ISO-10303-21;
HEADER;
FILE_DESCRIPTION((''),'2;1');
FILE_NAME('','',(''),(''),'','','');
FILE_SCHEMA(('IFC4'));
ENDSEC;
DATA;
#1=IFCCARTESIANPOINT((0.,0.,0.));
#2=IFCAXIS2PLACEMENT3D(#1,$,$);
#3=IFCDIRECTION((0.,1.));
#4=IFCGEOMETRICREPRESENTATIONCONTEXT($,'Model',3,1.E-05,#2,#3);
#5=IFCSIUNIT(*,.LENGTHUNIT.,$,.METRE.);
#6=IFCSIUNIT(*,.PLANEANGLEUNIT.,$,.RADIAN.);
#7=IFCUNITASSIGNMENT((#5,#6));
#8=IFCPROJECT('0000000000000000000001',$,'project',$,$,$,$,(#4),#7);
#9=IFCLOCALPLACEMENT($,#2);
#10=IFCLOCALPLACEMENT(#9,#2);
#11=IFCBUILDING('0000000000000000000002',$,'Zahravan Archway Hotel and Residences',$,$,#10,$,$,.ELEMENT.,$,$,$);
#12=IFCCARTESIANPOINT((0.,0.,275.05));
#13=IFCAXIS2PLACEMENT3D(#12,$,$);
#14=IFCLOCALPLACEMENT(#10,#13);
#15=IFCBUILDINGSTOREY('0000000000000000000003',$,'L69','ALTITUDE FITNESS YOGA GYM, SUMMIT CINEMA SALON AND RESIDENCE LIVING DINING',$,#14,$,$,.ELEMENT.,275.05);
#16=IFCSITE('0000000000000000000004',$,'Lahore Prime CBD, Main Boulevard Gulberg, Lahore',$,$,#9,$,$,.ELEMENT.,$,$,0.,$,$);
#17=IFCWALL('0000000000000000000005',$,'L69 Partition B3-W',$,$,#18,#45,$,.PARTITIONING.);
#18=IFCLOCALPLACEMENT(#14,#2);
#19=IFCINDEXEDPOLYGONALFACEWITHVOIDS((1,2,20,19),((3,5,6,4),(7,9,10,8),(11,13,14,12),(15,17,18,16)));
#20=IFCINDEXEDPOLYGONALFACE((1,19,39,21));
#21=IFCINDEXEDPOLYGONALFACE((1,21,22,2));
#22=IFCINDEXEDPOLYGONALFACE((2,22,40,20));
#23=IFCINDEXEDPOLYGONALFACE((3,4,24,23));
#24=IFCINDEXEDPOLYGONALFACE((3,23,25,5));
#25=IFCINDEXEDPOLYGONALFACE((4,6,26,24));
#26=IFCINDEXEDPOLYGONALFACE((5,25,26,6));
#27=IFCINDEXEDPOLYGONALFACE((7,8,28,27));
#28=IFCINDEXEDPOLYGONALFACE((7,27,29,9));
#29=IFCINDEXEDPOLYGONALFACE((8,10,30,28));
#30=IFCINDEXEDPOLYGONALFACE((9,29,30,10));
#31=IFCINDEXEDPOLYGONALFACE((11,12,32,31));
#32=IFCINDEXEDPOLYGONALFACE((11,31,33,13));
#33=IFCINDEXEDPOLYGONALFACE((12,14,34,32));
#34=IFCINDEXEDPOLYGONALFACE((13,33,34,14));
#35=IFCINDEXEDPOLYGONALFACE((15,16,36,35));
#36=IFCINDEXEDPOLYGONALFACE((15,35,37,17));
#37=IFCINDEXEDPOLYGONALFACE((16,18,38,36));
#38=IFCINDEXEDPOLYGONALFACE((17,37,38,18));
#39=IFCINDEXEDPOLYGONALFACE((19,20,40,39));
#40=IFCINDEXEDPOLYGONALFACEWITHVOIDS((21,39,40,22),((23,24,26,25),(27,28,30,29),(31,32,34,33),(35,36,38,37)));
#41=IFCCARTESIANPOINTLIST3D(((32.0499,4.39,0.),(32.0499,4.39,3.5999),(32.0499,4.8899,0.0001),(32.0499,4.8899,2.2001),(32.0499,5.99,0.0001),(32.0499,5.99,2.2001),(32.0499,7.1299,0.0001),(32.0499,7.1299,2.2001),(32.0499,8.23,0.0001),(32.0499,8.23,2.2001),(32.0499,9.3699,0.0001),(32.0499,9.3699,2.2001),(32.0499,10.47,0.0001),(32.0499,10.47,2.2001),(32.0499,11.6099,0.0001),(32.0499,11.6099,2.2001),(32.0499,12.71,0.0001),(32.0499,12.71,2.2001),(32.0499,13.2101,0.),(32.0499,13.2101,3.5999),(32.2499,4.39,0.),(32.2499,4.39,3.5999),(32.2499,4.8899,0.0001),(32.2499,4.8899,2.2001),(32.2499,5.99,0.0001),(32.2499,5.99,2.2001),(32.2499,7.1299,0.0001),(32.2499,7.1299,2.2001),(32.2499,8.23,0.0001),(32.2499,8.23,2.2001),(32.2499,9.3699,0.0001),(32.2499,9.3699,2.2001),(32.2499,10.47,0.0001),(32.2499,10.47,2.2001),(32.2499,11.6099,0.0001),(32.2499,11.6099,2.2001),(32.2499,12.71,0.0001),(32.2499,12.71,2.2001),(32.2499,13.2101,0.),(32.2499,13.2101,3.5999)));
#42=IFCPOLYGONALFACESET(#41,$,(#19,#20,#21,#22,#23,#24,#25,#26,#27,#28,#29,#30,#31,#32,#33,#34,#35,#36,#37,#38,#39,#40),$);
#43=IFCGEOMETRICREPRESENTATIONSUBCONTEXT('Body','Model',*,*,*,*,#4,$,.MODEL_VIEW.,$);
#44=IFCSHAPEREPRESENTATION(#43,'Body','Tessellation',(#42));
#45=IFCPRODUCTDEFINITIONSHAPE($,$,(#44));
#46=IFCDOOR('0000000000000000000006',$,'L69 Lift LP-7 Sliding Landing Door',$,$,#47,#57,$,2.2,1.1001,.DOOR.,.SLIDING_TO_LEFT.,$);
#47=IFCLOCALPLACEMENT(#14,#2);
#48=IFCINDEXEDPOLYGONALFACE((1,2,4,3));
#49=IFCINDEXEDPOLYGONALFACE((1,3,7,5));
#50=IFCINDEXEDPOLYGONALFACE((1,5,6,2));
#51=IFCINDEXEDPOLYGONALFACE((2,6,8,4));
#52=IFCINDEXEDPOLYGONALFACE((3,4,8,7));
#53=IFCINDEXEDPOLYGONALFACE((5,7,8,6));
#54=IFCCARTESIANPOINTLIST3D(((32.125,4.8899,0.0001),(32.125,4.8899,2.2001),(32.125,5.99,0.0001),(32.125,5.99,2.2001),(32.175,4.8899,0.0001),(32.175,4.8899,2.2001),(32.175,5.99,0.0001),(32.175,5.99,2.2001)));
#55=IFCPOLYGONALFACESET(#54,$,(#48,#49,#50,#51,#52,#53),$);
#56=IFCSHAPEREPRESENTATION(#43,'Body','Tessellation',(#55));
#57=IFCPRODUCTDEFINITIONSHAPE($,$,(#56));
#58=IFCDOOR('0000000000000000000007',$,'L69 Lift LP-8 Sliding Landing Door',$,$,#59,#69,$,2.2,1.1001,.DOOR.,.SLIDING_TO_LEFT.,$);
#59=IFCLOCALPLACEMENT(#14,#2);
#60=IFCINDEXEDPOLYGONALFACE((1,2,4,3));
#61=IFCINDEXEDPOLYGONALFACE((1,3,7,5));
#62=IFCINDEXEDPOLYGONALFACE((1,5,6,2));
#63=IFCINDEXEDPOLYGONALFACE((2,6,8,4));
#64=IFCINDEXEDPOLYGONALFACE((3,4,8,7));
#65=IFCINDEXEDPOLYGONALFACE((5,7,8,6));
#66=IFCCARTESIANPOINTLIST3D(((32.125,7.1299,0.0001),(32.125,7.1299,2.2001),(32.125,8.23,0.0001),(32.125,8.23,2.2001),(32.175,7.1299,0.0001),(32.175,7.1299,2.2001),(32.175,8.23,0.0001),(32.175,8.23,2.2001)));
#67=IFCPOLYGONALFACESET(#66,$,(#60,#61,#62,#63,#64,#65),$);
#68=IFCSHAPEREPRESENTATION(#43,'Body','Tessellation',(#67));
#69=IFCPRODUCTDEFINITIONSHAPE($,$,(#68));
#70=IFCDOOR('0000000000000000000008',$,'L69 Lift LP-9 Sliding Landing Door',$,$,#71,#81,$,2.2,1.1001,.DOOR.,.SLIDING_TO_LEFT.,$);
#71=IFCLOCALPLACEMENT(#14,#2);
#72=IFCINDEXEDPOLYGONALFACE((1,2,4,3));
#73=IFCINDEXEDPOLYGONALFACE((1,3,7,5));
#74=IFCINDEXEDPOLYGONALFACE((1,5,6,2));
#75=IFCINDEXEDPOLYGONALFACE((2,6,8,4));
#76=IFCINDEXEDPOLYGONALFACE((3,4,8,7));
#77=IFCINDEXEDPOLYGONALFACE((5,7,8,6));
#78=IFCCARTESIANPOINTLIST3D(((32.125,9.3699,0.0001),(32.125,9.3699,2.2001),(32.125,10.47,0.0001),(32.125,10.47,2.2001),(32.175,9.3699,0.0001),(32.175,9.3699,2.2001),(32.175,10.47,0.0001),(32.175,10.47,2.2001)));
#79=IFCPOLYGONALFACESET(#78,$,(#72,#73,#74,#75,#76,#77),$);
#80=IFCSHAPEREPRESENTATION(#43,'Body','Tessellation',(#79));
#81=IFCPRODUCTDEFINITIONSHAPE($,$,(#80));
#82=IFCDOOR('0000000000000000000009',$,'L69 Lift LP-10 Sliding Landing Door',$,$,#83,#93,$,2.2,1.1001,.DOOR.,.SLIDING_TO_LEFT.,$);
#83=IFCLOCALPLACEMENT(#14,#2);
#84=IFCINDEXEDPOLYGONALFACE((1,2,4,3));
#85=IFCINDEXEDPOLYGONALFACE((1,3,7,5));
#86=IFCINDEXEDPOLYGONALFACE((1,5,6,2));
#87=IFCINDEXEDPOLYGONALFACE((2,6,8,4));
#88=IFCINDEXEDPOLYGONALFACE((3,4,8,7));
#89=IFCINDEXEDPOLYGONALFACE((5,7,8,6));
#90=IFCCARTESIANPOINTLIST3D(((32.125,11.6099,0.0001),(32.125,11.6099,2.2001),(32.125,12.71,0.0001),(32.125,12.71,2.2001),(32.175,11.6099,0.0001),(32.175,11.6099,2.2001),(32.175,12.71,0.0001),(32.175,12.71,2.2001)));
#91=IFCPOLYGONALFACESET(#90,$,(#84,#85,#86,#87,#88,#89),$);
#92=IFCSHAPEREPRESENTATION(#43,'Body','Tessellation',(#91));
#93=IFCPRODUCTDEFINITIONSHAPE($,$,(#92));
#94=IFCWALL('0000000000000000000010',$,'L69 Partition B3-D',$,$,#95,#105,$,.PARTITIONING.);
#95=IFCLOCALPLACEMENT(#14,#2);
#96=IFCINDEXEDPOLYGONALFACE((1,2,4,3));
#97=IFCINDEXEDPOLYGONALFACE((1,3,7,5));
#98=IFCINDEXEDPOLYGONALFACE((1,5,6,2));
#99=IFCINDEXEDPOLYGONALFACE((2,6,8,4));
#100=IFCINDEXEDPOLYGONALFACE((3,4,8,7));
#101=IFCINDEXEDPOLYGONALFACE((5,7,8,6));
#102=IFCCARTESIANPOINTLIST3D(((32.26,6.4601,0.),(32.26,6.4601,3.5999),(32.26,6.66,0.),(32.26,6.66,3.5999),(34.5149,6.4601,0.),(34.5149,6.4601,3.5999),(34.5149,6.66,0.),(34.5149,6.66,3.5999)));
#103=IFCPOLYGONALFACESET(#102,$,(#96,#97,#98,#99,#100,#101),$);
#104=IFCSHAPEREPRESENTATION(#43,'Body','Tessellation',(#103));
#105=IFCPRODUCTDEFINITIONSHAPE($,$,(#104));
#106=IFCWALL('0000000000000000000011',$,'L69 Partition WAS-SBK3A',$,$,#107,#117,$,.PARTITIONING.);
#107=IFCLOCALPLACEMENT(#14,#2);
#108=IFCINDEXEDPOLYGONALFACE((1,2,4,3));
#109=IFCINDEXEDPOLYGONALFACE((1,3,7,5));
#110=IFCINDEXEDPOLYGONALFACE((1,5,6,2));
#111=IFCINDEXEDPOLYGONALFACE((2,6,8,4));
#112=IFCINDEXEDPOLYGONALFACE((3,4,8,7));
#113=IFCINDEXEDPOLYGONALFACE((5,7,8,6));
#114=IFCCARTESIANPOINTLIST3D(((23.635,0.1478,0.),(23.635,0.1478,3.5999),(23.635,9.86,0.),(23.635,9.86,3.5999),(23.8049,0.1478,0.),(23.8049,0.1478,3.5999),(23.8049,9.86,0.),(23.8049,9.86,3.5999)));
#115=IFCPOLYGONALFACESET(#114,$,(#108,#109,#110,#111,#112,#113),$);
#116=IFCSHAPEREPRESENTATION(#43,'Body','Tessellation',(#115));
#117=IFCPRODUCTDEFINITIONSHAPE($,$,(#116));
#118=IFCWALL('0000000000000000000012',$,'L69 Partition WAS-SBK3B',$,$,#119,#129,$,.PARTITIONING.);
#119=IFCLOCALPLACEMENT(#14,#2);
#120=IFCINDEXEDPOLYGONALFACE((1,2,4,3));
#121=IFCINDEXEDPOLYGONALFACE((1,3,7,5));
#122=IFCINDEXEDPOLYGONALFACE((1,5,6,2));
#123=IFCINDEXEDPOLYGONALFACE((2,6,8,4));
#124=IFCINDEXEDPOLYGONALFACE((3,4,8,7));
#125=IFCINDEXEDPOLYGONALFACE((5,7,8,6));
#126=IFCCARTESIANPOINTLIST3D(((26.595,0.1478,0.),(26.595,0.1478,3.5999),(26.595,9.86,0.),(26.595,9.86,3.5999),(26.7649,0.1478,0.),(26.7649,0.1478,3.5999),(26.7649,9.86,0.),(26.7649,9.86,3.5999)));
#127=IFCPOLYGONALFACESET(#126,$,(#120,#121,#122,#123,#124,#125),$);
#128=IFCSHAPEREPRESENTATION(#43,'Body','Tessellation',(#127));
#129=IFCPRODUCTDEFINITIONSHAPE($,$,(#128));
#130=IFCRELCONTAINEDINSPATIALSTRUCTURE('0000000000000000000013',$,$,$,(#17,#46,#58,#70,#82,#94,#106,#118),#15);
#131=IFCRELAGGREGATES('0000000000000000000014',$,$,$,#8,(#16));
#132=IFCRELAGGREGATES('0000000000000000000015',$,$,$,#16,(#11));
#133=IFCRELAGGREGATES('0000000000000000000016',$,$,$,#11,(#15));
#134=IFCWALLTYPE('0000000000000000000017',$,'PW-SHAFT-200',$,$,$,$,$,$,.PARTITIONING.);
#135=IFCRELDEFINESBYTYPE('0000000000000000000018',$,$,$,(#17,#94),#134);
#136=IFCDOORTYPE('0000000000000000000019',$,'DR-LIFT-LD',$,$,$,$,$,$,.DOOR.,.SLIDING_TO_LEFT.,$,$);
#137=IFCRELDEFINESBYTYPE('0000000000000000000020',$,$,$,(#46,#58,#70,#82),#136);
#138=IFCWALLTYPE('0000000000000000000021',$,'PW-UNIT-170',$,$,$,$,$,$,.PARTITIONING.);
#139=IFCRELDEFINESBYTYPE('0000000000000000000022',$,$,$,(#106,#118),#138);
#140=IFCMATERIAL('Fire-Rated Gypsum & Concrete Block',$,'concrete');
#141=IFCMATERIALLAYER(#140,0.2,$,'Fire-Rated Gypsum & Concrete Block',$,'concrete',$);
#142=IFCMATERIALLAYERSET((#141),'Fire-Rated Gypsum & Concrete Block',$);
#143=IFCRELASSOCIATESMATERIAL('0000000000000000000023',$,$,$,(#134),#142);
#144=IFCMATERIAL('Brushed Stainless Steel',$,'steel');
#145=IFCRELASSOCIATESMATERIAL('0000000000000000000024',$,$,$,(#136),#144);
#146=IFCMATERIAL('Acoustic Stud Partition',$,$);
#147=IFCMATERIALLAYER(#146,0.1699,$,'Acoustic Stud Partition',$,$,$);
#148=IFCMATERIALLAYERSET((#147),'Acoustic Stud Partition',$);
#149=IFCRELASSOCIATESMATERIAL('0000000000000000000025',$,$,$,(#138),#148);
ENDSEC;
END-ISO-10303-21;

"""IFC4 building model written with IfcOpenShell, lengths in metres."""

from ifc_helpers import new_model, si_unit, direction, frame, frame_2d, origin, place, context, subcontext, project, spatial, rectangle, extrude, source, transform, mapped, material, layer, layer_set, type_object, type_shapes, element, fill, save


model = new_model("IFC4")

# Units and contexts
model_context = context("Model", 3, precision=1e-05, world=origin(), true_north=direction((0.0, 1.0)))
body_context = subcontext(model_context, "Body", "Model", "MODEL_VIEW")
ifc_project = project(units=[si_unit("LENGTHUNIT", "METRE"), si_unit("PLANEANGLEUNIT", "RADIAN")], contexts=[model_context])

# Site, building, storey
site_placement = place(None, origin())
site = spatial("IfcSite", under=ifc_project, at=site_placement, Name="Lahore Prime CBD, Main Boulevard Gulberg, Lahore", CompositionType="ELEMENT", RefElevation=0.0)
building_placement = place(site_placement, origin())
building = spatial("IfcBuilding", under=site, at=building_placement, Name="Zahravan Archway Hotel and Residences", CompositionType="ELEMENT")
storey_placement = place(building_placement, frame((0.0, 0.0, 275.05)))
storey = spatial("IfcBuildingStorey", under=building, at=storey_placement, Name="L69", Description="ALTITUDE FITNESS YOGA GYM, SUMMIT CINEMA SALON AND RESIDENCE LIVING DINING", CompositionType="ELEMENT", Elevation=275.05)

# Shared definitions
ifc_material_1 = material(Name="Fire-Rated Gypsum & Concrete Block", Category="concrete")

# Shared definitions
ifc_layer_1 = layer(ifc_material_1, 0.2, Name="Fire-Rated Gypsum & Concrete Block", Category="concrete")
ifc_layer_set_1 = layer_set([ifc_layer_1], Name="Fire-Rated Gypsum & Concrete Block")
wall_type_1 = type_object("IfcWallType", Name="PW-SHAFT-200", PredefinedType="PARTITIONING", material=ifc_layer_set_1)

# Wall, openings, doors
wall_1_placement = place(storey_placement, frame((32.1499, 4.3899, 0.0), z_axis=(0.0, 0.0, 1.0), x_axis=(0.0, 1.0, 0.0)))
wall_1 = element("IfcWall", 1, at=wall_1_placement, inside=storey, type_object=wall_type_1, Name="L69 Partition B3-W", PredefinedType="PARTITIONING", context=body_context, shape_type="SweptSolid", body=[
    extrude(rectangle(XDim=8.8201, YDim=0.2, at=frame_2d((4.4102, 0.0))), origin(), (0.0, 0.0, 1.0), 3.5999),
])
opening_1_placement = place(wall_1_placement, frame((0.5, 0.0, 0.0)))
opening_1 = element("IfcOpeningElement", 2, at=opening_1_placement, cuts=wall_1, PredefinedType="OPENING", context=body_context, shape_type="SweptSolid", body=[
    extrude(rectangle(XDim=1.1001, YDim=2.2, at=frame_2d((0.55, 1.1001))), frame((0.0, 0.1099, 0.0), z_axis=(0.0, -1.0, 0.0), x_axis=(1.0, 0.0, 0.0)), (0.0, 0.0, 1.0), 0.22),
])
opening_2_placement = place(wall_1_placement, frame((2.74, 0.0, 0.0)))
opening_2 = element("IfcOpeningElement", 3, at=opening_2_placement, cuts=wall_1, PredefinedType="OPENING", context=body_context, shape_type="SweptSolid", body=[
    extrude(rectangle(XDim=1.1001, YDim=2.2, at=frame_2d((0.55, 1.1001))), frame((0.0, 0.1099, 0.0), z_axis=(0.0, -1.0, 0.0), x_axis=(1.0, 0.0, 0.0)), (0.0, 0.0, 1.0), 0.22),
])
opening_3_placement = place(wall_1_placement, frame((4.98, 0.0, 0.0)))
opening_3 = element("IfcOpeningElement", 4, at=opening_3_placement, cuts=wall_1, PredefinedType="OPENING", context=body_context, shape_type="SweptSolid", body=[
    extrude(rectangle(XDim=1.1001, YDim=2.2, at=frame_2d((0.55, 1.1001))), frame((0.0, 0.1099, 0.0), z_axis=(0.0, -1.0, 0.0), x_axis=(1.0, 0.0, 0.0)), (0.0, 0.0, 1.0), 0.22),
])
opening_4_placement = place(wall_1_placement, frame((7.22, 0.0, 0.0)))
opening_4 = element("IfcOpeningElement", 5, at=opening_4_placement, cuts=wall_1, PredefinedType="OPENING", context=body_context, shape_type="SweptSolid", body=[
    extrude(rectangle(XDim=1.1001, YDim=2.2, at=frame_2d((0.55, 1.1001))), frame((0.0, 0.1099, 0.0), z_axis=(0.0, -1.0, 0.0), x_axis=(1.0, 0.0, 0.0)), (0.0, 0.0, 1.0), 0.22),
])
ifc_material_2 = material(Name="Brushed Stainless Steel", Category="steel")
door_type_1 = type_object("IfcDoorType", Name="DR-LIFT-LD", OperationType="SLIDING_TO_LEFT", PredefinedType="DOOR", material=ifc_material_2)
shared_shape_1 = source(origin(), body_context, "Body", "SweptSolid", [
    extrude(rectangle(XDim=1.1001, YDim=2.2, at=frame_2d((0.55, 1.1001))), frame((0.0, 0.0249, 0.0), z_axis=(0.0, -1.0, 0.0), x_axis=(1.0, 0.0, 0.0)), (0.0, 0.0, 1.0), 0.05),
])
type_shapes(door_type_1, [shared_shape_1])
door_1_placement = place(opening_1_placement, origin())
door_1 = element("IfcDoor", 6, at=door_1_placement, inside=storey, type_object=door_type_1, Name="L69 Lift LP-7 Sliding Landing Door", OperationType="SLIDING_TO_LEFT", OverallHeight=2.2, OverallWidth=1.1001, PredefinedType="DOOR", context=body_context, shape_type="MappedRepresentation", body=[
    mapped(shared_shape_1, transform((0.0, 0.0, 0.0), scale=1.0)),
])
fill(opening_1, door_1)
door_2_placement = place(opening_2_placement, origin())
door_2 = element("IfcDoor", 7, at=door_2_placement, inside=storey, type_object=door_type_1, Name="L69 Lift LP-8 Sliding Landing Door", OperationType="SLIDING_TO_LEFT", OverallHeight=2.2, OverallWidth=1.1001, PredefinedType="DOOR", context=body_context, shape_type="MappedRepresentation", body=[
    mapped(shared_shape_1, transform((0.0, 0.0, 0.0), scale=1.0)),
])
fill(opening_2, door_2)
door_3_placement = place(opening_3_placement, origin())
door_3 = element("IfcDoor", 8, at=door_3_placement, inside=storey, type_object=door_type_1, Name="L69 Lift LP-9 Sliding Landing Door", OperationType="SLIDING_TO_LEFT", OverallHeight=2.2, OverallWidth=1.1001, PredefinedType="DOOR", context=body_context, shape_type="MappedRepresentation", body=[
    mapped(shared_shape_1, transform((0.0, 0.0, 0.0), scale=1.0)),
])
fill(opening_3, door_3)
door_4_placement = place(opening_4_placement, origin())
door_4 = element("IfcDoor", 9, at=door_4_placement, inside=storey, type_object=door_type_1, Name="L69 Lift LP-10 Sliding Landing Door", OperationType="SLIDING_TO_LEFT", OverallHeight=2.2, OverallWidth=1.1001, PredefinedType="DOOR", context=body_context, shape_type="MappedRepresentation", body=[
    mapped(shared_shape_1, transform((0.0, 0.0, 0.0), scale=1.0)),
])
fill(opening_4, door_4)

# Walls
wall_2_placement = place(storey_placement, frame((32.26, 6.5601, 0.0), z_axis=(0.0, 0.0, 1.0), x_axis=(1.0, 0.0, 0.0)))
element("IfcWall", 10, at=wall_2_placement, inside=storey, type_object=wall_type_1, Name="L69 Partition B3-D", PredefinedType="PARTITIONING", context=body_context, shape_type="SweptSolid", body=[
    extrude(rectangle(XDim=2.2549, YDim=0.2, at=frame_2d((1.1274, 0.0))), origin(), (0.0, 0.0, 1.0), 3.5999),
])
ifc_material_3 = material(Name="Acoustic Stud Partition")
ifc_layer_2 = layer(ifc_material_3, 0.1699, Name="Acoustic Stud Partition")
ifc_layer_set_2 = layer_set([ifc_layer_2], Name="Acoustic Stud Partition")
wall_type_2 = type_object("IfcWallType", Name="PW-UNIT-170", PredefinedType="PARTITIONING", material=ifc_layer_set_2)
for number, where, z_axis, x_axis, name in (
    (11, (23.72, 0.1479, 0.0), (0.0, 0.0, 1.0), (0.0, 1.0, 0.0), "L69 Partition WAS-SBK3A"),
    (12, (26.6799, 0.1479, 0.0), (0.0, 0.0, 1.0), (0.0, 1.0, 0.0), "L69 Partition WAS-SBK3B"),
):
    element("IfcWall", number, at=place(storey_placement, frame(where, z_axis=z_axis, x_axis=x_axis)), inside=storey, type_object=wall_type_2, Name=name, PredefinedType="PARTITIONING", context=body_context, shape_type="SweptSolid", body=[
        extrude(rectangle(XDim=9.7122, YDim=0.1699, at=frame_2d((4.856, 0.0))), origin(), (0.0, 0.0, 1.0), 3.5999),
    ])

save(model, "model.ifc")
